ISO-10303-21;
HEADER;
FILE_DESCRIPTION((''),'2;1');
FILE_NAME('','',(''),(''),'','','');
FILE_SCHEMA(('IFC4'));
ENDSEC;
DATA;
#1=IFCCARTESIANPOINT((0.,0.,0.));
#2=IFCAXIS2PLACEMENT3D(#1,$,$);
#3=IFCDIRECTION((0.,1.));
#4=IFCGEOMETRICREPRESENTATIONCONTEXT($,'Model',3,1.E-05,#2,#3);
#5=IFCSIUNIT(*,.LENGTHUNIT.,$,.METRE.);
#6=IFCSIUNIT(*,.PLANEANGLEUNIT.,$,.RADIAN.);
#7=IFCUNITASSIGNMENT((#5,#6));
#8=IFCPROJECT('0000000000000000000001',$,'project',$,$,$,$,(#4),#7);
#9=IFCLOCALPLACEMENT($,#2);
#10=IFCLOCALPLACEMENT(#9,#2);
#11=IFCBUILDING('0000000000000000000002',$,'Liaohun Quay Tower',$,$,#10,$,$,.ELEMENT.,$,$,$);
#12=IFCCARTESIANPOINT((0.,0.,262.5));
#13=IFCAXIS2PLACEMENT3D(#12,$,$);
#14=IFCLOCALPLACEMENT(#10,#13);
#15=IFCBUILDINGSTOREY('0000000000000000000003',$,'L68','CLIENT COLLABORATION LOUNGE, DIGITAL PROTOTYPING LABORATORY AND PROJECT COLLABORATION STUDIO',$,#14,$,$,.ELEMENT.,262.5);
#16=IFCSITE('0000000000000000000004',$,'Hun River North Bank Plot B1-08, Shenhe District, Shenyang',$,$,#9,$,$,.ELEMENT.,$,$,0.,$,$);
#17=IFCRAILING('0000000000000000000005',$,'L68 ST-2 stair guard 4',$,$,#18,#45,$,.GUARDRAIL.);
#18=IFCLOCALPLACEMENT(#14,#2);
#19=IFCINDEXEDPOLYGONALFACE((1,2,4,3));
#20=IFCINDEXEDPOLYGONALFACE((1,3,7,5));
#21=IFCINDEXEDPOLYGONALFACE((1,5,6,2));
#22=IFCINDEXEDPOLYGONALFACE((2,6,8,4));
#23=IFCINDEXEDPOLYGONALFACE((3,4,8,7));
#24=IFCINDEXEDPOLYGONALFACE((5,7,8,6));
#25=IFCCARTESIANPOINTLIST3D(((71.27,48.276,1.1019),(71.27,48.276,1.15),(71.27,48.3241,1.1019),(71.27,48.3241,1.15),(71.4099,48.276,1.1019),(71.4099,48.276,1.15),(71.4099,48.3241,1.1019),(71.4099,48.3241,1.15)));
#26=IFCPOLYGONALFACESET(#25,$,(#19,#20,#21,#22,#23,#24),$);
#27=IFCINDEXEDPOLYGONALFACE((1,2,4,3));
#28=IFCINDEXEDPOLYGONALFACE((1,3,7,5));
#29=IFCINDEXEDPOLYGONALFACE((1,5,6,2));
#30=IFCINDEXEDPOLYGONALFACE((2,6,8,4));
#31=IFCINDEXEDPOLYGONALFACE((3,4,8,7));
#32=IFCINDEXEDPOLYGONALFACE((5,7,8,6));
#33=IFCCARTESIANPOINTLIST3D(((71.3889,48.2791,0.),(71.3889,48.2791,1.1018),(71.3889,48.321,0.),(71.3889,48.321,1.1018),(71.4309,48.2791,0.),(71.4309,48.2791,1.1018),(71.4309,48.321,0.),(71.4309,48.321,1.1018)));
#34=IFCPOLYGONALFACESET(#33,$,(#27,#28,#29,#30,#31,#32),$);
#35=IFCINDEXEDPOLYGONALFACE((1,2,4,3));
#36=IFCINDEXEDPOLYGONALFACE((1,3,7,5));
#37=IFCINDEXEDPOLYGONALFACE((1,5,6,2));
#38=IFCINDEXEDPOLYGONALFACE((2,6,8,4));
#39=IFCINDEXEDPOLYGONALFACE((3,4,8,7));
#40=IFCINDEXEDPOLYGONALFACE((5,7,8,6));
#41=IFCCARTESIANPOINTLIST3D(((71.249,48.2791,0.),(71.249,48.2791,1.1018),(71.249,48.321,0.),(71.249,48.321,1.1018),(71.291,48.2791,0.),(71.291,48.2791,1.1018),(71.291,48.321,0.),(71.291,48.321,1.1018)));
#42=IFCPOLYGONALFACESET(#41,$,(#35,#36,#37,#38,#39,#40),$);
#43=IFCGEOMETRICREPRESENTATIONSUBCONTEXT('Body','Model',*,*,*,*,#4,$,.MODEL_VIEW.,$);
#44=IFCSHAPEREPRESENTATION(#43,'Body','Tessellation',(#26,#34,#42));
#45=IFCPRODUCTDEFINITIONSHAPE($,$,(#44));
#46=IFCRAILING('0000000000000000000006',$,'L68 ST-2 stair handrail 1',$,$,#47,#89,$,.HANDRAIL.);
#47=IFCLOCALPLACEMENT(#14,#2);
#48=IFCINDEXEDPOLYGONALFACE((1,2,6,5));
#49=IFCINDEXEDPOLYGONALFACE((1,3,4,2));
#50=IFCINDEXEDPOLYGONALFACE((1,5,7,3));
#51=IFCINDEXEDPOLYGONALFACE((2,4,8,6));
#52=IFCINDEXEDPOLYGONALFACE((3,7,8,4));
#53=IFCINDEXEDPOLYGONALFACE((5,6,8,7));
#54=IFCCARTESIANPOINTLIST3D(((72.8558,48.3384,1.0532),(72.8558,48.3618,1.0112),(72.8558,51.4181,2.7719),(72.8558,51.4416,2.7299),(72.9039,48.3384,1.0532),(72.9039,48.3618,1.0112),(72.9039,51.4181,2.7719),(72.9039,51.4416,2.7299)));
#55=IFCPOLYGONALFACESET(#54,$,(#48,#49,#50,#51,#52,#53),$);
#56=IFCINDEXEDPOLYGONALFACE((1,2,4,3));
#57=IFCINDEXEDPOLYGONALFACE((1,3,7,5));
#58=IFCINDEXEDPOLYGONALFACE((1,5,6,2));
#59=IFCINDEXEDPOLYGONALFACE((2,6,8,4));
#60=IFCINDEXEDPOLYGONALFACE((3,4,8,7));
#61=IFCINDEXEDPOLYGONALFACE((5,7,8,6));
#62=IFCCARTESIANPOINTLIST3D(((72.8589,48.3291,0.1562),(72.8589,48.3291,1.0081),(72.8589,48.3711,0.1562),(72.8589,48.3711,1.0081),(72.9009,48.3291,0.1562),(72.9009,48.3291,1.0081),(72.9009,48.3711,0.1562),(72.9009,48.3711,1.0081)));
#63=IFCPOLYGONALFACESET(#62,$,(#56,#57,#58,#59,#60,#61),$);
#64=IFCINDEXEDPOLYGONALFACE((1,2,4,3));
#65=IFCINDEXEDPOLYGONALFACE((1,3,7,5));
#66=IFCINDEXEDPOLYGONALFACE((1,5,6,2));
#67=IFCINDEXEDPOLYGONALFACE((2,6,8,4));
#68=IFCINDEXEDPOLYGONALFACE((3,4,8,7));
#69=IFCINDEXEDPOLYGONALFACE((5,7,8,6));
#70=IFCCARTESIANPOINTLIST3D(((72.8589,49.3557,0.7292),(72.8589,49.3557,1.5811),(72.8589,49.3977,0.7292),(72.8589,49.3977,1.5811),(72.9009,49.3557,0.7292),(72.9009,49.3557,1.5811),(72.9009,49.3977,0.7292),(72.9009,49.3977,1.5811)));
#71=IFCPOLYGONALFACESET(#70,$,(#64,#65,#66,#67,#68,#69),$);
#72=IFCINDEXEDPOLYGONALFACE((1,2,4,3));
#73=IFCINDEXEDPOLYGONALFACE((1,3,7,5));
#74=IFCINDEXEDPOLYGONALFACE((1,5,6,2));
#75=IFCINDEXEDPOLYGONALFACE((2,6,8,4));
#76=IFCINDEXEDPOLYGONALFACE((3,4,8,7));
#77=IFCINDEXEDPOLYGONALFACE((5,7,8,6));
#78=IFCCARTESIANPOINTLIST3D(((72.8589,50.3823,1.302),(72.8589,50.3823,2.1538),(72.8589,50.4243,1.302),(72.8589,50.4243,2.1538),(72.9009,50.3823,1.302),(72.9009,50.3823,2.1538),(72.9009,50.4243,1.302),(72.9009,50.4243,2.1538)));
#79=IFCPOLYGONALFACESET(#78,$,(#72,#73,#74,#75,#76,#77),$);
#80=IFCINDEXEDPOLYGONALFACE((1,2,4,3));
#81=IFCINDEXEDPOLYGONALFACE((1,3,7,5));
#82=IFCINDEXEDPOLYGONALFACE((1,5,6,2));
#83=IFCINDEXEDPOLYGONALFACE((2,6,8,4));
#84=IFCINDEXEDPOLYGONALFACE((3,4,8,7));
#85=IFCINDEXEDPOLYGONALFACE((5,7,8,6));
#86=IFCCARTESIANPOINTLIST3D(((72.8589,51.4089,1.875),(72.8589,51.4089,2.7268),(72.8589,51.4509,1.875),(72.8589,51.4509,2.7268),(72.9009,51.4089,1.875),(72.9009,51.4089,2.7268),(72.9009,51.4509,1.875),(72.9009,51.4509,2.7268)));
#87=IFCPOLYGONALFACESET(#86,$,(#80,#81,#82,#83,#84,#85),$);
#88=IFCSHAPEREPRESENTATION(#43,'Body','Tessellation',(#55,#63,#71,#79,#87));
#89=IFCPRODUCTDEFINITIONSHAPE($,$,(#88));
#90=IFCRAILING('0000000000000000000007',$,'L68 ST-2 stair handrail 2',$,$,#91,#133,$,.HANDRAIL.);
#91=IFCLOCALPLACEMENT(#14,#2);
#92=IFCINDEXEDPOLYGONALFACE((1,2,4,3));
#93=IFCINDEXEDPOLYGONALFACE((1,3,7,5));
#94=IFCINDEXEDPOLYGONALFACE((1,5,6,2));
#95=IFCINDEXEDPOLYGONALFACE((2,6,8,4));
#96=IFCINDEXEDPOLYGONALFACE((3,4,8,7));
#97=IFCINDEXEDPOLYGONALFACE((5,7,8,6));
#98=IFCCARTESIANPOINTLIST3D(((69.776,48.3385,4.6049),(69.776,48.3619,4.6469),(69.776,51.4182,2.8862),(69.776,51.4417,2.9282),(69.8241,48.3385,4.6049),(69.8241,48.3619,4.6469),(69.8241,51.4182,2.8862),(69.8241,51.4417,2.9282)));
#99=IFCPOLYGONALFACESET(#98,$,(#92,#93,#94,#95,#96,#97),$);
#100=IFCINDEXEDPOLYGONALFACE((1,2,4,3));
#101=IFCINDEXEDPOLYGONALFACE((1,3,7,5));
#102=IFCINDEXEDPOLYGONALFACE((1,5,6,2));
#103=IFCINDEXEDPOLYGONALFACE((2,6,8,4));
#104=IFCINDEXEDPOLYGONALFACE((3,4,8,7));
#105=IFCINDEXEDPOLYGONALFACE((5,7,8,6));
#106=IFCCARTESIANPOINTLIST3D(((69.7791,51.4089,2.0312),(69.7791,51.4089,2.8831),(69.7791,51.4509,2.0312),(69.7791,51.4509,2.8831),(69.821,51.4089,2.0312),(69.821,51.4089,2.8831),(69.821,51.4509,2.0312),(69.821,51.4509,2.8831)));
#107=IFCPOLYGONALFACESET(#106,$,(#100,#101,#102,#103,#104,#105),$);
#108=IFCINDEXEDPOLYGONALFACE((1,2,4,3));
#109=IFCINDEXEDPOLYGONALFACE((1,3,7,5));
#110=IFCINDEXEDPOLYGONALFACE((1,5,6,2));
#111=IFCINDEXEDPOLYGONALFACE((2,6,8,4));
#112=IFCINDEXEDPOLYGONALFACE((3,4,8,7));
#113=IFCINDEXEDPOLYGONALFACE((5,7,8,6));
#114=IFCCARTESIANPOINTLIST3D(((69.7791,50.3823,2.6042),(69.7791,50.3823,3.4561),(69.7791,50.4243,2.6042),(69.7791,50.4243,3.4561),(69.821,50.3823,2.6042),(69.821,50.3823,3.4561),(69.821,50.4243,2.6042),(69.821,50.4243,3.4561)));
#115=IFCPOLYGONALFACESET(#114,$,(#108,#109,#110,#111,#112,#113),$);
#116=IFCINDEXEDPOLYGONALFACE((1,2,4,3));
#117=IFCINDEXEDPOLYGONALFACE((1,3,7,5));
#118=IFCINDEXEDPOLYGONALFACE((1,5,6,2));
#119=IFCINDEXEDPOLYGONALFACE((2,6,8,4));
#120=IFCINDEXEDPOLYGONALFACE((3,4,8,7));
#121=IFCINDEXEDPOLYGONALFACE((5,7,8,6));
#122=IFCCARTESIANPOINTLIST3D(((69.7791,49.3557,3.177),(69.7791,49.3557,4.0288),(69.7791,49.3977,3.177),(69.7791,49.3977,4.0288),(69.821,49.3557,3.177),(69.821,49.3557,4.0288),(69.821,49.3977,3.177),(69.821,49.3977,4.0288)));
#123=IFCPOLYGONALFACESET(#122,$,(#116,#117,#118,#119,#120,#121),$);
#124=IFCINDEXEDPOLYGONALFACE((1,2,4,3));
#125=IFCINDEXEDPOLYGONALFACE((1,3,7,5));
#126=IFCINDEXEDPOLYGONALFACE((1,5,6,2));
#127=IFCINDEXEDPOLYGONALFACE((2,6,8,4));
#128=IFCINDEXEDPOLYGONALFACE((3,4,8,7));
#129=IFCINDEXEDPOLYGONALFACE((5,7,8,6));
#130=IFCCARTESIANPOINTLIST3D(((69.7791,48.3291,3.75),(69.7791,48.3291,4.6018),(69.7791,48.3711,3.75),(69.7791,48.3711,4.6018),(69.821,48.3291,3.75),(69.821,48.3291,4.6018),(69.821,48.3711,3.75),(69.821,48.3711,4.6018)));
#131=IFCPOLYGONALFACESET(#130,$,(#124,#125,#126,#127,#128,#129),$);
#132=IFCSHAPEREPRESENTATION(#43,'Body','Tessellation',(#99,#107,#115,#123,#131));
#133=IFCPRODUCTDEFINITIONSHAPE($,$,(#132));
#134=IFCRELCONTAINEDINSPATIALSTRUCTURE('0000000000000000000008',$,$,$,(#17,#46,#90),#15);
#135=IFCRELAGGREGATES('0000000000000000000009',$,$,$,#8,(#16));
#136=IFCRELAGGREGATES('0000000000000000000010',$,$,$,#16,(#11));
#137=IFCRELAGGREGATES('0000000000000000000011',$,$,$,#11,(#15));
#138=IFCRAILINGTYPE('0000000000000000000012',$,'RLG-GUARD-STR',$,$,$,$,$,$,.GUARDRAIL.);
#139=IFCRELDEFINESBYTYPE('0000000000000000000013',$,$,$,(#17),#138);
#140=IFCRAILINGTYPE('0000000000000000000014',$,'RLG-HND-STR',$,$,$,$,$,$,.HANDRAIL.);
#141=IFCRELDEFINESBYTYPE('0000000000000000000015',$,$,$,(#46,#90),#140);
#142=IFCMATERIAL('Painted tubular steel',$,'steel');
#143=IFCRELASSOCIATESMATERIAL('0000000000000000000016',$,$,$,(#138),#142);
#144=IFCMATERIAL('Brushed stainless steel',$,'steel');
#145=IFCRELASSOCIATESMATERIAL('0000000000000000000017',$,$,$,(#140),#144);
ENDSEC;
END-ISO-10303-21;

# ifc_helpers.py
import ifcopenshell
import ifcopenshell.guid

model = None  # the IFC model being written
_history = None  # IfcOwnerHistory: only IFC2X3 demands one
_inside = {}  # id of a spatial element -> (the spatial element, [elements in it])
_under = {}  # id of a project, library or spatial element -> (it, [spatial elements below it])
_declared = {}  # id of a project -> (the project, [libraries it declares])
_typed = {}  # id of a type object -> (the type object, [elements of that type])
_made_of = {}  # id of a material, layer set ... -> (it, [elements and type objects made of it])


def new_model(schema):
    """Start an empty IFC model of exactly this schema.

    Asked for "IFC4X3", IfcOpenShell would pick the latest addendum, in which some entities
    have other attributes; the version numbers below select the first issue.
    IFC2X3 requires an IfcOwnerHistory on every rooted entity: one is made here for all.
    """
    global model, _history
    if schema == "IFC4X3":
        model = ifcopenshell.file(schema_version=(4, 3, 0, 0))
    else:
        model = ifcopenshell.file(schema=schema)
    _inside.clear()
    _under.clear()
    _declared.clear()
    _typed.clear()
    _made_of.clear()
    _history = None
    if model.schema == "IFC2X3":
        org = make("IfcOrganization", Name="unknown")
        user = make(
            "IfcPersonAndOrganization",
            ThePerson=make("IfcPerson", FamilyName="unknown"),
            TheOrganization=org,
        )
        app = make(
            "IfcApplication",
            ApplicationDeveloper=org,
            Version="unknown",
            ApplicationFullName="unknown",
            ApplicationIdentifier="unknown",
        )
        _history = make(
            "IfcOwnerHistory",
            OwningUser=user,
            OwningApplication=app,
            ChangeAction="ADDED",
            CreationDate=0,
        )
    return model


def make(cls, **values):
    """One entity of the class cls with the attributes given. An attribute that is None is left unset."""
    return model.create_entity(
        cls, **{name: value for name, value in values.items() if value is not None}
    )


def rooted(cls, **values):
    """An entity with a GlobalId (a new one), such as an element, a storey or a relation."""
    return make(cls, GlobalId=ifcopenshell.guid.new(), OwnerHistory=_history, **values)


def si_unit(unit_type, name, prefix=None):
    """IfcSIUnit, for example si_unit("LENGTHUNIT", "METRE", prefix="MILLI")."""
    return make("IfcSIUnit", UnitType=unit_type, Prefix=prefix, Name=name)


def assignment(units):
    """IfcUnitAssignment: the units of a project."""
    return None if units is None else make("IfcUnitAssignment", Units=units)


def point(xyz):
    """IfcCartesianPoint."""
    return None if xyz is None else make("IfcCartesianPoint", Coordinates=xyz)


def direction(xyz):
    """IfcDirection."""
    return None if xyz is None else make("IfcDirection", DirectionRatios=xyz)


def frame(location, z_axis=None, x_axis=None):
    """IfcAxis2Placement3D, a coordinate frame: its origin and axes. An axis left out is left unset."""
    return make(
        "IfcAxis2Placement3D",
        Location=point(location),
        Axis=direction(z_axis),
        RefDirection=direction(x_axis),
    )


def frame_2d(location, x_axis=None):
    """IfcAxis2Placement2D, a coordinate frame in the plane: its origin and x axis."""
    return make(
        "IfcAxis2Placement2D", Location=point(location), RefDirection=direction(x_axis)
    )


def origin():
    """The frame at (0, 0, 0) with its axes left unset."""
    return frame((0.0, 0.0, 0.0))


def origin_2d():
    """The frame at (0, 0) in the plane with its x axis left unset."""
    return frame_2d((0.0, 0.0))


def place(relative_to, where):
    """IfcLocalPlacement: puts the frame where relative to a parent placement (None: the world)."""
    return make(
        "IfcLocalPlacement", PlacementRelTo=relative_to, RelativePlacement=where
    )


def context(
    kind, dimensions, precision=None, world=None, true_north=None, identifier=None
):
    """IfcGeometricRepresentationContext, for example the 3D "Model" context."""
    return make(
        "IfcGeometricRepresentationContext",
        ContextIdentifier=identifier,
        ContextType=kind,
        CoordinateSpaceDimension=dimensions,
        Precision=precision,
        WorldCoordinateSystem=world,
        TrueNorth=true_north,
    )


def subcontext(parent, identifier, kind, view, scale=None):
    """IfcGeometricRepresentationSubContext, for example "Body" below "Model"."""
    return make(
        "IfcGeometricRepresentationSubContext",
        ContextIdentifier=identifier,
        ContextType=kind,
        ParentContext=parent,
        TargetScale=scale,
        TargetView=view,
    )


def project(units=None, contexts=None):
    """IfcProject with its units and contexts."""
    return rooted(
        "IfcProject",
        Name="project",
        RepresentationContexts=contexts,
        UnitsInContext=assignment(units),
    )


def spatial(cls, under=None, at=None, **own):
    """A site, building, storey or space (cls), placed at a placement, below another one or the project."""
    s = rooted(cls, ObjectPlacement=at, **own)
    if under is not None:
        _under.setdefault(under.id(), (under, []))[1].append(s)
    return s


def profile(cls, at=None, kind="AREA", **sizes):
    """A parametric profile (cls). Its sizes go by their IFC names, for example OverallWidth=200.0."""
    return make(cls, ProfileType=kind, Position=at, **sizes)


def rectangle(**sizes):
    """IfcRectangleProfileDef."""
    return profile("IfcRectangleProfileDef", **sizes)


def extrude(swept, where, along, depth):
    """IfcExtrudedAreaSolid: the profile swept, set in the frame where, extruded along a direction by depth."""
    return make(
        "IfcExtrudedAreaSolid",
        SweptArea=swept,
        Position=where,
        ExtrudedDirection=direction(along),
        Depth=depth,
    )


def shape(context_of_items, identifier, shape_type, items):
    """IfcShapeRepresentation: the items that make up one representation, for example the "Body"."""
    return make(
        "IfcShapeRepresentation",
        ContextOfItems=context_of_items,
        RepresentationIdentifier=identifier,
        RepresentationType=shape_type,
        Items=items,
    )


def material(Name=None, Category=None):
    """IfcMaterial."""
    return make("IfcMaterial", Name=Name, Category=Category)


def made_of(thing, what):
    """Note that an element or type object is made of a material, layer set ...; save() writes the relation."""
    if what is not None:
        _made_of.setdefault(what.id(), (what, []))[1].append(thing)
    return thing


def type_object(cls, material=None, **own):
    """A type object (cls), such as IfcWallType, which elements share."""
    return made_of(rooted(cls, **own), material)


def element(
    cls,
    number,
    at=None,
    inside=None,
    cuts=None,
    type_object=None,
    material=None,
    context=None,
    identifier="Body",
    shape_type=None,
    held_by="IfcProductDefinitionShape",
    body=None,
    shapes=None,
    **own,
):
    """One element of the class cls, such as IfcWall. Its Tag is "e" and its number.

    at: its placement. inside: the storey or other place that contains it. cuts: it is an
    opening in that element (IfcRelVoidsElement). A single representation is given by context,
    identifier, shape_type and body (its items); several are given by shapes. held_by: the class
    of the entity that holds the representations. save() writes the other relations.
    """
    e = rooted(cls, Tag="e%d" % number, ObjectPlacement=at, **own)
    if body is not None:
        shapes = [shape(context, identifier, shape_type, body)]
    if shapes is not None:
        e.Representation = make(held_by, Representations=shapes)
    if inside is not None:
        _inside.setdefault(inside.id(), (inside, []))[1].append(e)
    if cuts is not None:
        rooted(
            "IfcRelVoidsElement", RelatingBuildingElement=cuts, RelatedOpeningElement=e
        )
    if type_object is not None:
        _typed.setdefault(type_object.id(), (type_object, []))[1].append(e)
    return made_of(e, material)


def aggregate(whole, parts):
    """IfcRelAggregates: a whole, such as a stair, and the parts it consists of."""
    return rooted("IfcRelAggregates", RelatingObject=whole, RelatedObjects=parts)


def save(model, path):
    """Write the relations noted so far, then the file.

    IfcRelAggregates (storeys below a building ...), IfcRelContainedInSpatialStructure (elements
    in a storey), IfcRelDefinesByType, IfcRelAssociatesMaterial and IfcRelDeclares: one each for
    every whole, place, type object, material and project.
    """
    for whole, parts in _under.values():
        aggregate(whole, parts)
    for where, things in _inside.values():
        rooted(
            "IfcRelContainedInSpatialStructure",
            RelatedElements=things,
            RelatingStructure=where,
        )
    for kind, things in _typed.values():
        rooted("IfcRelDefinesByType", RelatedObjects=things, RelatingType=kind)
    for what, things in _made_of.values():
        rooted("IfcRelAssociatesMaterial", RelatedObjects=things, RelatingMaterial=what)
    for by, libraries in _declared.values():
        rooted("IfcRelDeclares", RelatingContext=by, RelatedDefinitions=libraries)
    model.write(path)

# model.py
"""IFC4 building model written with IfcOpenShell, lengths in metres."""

from ifc_helpers import new_model, si_unit, direction, frame, origin, origin_2d, place, context, subcontext, project, spatial, rectangle, extrude, material, type_object, element, save


model = new_model("IFC4")

# Units and contexts
model_context = context("Model", 3, precision=1e-05, world=origin(), true_north=direction((0.0, 1.0)))
body_context = subcontext(model_context, "Body", "Model", "MODEL_VIEW")
ifc_project = project(units=[si_unit("LENGTHUNIT", "METRE"), si_unit("PLANEANGLEUNIT", "RADIAN")], contexts=[model_context])

# Site, building, storey
site_placement = place(None, origin())
site = spatial("IfcSite", under=ifc_project, at=site_placement, Name="Hun River North Bank Plot B1-08, Shenhe District, Shenyang", CompositionType="ELEMENT", RefElevation=0.0)
building_placement = place(site_placement, origin())
building = spatial("IfcBuilding", under=site, at=building_placement, Name="Liaohun Quay Tower", CompositionType="ELEMENT")
storey_placement = place(building_placement, frame((0.0, 0.0, 262.5)))
storey = spatial("IfcBuildingStorey", under=building, at=storey_placement, Name="L68", Description="CLIENT COLLABORATION LOUNGE, DIGITAL PROTOTYPING LABORATORY AND PROJECT COLLABORATION STUDIO", CompositionType="ELEMENT", Elevation=262.5)

# Railings
ifc_material_1 = material(Name="Painted tubular steel", Category="steel")
railing_type_1 = type_object("IfcRailingType", Name="RLG-GUARD-STR", PredefinedType="GUARDRAIL", material=ifc_material_1)
railing_1_placement = place(storey_placement, frame((71.4099, 48.3, 0.0)))
element("IfcRailing", 1, at=railing_1_placement, inside=storey, type_object=railing_type_1, Name="L68 ST-2 stair guard 4", PredefinedType="GUARDRAIL", context=body_context, shape_type="SweptSolid", body=[
    extrude(rectangle(XDim=0.0481, YDim=0.0481, at=origin_2d()), frame((0.0, 0.0, 1.126), z_axis=(-1.0, 0.0, 0.0), x_axis=(0.0, -1.0, 0.0)), (0.0, 0.0, 1.0), 0.1399),
    extrude(rectangle(XDim=0.042, YDim=0.042, at=origin_2d()), origin(), (0.0, 0.0, 1.0), 1.1018),
    extrude(rectangle(XDim=0.042, YDim=0.042, at=origin_2d()), frame((-0.1399, 0.0, 0.0)), (0.0, 0.0, 1.0), 1.1018),
])
ifc_material_2 = material(Name="Brushed stainless steel", Category="steel")
railing_type_2 = type_object("IfcRailingType", Name="RLG-HND-STR", PredefinedType="HANDRAIL", material=ifc_material_2)
railing_2_placement = place(storey_placement, frame((72.8799, 48.3501, 0.1562)))
element("IfcRailing", 2, at=railing_2_placement, inside=storey, type_object=railing_type_2, Name="L68 ST-2 stair handrail 1", PredefinedType="HANDRAIL", context=body_context, shape_type="SweptSolid", body=[
    extrude(rectangle(XDim=0.0481, YDim=0.0481, at=origin_2d()), frame((0.0, 0.0, 0.876), z_axis=(0.0, 0.873225, 0.487317), x_axis=(-1.0, 0.0, 0.0)), (0.0, 0.0, 1.0), 3.5269),
    extrude(rectangle(XDim=0.042, YDim=0.042, at=origin_2d()), origin(), (0.0, 0.0, 1.0), 0.8518),
    extrude(rectangle(XDim=0.042, YDim=0.042, at=origin_2d()), frame((0.0, 1.0266, 0.573)), (0.0, 0.0, 1.0), 0.8518),
    extrude(rectangle(XDim=0.042, YDim=0.042, at=origin_2d()), frame((0.0, 2.0532, 1.1458)), (0.0, 0.0, 1.0), 0.8518),
    extrude(rectangle(XDim=0.042, YDim=0.042, at=origin_2d()), frame((0.0, 3.0798, 1.7188)), (0.0, 0.0, 1.0), 0.8518),
])
railing_3_placement = place(storey_placement, frame((69.8, 51.4299, 2.0312)))
element("IfcRailing", 3, at=railing_3_placement, inside=storey, type_object=railing_type_2, Name="L68 ST-2 stair handrail 2", PredefinedType="HANDRAIL", context=body_context, shape_type="SweptSolid", body=[
    extrude(rectangle(XDim=0.0481, YDim=0.0481, at=origin_2d()), frame((0.0, 0.0, 0.876), z_axis=(0.0, -0.873225, 0.487317), x_axis=(1.0, 0.0, 0.0)), (0.0, 0.0, 1.0), 3.5269),
    extrude(rectangle(XDim=0.042, YDim=0.042, at=origin_2d()), origin(), (0.0, 0.0, 1.0), 0.8518),
    extrude(rectangle(XDim=0.042, YDim=0.042, at=origin_2d()), frame((0.0, -1.0266, 0.573)), (0.0, 0.0, 1.0), 0.8518),
    extrude(rectangle(XDim=0.042, YDim=0.042, at=origin_2d()), frame((0.0, -2.0532, 1.1458)), (0.0, 0.0, 1.0), 0.8518),
    extrude(rectangle(XDim=0.042, YDim=0.042, at=origin_2d()), frame((0.0, -3.0798, 1.7188)), (0.0, 0.0, 1.0), 0.8518),
])

save(model, "model.ifc")
